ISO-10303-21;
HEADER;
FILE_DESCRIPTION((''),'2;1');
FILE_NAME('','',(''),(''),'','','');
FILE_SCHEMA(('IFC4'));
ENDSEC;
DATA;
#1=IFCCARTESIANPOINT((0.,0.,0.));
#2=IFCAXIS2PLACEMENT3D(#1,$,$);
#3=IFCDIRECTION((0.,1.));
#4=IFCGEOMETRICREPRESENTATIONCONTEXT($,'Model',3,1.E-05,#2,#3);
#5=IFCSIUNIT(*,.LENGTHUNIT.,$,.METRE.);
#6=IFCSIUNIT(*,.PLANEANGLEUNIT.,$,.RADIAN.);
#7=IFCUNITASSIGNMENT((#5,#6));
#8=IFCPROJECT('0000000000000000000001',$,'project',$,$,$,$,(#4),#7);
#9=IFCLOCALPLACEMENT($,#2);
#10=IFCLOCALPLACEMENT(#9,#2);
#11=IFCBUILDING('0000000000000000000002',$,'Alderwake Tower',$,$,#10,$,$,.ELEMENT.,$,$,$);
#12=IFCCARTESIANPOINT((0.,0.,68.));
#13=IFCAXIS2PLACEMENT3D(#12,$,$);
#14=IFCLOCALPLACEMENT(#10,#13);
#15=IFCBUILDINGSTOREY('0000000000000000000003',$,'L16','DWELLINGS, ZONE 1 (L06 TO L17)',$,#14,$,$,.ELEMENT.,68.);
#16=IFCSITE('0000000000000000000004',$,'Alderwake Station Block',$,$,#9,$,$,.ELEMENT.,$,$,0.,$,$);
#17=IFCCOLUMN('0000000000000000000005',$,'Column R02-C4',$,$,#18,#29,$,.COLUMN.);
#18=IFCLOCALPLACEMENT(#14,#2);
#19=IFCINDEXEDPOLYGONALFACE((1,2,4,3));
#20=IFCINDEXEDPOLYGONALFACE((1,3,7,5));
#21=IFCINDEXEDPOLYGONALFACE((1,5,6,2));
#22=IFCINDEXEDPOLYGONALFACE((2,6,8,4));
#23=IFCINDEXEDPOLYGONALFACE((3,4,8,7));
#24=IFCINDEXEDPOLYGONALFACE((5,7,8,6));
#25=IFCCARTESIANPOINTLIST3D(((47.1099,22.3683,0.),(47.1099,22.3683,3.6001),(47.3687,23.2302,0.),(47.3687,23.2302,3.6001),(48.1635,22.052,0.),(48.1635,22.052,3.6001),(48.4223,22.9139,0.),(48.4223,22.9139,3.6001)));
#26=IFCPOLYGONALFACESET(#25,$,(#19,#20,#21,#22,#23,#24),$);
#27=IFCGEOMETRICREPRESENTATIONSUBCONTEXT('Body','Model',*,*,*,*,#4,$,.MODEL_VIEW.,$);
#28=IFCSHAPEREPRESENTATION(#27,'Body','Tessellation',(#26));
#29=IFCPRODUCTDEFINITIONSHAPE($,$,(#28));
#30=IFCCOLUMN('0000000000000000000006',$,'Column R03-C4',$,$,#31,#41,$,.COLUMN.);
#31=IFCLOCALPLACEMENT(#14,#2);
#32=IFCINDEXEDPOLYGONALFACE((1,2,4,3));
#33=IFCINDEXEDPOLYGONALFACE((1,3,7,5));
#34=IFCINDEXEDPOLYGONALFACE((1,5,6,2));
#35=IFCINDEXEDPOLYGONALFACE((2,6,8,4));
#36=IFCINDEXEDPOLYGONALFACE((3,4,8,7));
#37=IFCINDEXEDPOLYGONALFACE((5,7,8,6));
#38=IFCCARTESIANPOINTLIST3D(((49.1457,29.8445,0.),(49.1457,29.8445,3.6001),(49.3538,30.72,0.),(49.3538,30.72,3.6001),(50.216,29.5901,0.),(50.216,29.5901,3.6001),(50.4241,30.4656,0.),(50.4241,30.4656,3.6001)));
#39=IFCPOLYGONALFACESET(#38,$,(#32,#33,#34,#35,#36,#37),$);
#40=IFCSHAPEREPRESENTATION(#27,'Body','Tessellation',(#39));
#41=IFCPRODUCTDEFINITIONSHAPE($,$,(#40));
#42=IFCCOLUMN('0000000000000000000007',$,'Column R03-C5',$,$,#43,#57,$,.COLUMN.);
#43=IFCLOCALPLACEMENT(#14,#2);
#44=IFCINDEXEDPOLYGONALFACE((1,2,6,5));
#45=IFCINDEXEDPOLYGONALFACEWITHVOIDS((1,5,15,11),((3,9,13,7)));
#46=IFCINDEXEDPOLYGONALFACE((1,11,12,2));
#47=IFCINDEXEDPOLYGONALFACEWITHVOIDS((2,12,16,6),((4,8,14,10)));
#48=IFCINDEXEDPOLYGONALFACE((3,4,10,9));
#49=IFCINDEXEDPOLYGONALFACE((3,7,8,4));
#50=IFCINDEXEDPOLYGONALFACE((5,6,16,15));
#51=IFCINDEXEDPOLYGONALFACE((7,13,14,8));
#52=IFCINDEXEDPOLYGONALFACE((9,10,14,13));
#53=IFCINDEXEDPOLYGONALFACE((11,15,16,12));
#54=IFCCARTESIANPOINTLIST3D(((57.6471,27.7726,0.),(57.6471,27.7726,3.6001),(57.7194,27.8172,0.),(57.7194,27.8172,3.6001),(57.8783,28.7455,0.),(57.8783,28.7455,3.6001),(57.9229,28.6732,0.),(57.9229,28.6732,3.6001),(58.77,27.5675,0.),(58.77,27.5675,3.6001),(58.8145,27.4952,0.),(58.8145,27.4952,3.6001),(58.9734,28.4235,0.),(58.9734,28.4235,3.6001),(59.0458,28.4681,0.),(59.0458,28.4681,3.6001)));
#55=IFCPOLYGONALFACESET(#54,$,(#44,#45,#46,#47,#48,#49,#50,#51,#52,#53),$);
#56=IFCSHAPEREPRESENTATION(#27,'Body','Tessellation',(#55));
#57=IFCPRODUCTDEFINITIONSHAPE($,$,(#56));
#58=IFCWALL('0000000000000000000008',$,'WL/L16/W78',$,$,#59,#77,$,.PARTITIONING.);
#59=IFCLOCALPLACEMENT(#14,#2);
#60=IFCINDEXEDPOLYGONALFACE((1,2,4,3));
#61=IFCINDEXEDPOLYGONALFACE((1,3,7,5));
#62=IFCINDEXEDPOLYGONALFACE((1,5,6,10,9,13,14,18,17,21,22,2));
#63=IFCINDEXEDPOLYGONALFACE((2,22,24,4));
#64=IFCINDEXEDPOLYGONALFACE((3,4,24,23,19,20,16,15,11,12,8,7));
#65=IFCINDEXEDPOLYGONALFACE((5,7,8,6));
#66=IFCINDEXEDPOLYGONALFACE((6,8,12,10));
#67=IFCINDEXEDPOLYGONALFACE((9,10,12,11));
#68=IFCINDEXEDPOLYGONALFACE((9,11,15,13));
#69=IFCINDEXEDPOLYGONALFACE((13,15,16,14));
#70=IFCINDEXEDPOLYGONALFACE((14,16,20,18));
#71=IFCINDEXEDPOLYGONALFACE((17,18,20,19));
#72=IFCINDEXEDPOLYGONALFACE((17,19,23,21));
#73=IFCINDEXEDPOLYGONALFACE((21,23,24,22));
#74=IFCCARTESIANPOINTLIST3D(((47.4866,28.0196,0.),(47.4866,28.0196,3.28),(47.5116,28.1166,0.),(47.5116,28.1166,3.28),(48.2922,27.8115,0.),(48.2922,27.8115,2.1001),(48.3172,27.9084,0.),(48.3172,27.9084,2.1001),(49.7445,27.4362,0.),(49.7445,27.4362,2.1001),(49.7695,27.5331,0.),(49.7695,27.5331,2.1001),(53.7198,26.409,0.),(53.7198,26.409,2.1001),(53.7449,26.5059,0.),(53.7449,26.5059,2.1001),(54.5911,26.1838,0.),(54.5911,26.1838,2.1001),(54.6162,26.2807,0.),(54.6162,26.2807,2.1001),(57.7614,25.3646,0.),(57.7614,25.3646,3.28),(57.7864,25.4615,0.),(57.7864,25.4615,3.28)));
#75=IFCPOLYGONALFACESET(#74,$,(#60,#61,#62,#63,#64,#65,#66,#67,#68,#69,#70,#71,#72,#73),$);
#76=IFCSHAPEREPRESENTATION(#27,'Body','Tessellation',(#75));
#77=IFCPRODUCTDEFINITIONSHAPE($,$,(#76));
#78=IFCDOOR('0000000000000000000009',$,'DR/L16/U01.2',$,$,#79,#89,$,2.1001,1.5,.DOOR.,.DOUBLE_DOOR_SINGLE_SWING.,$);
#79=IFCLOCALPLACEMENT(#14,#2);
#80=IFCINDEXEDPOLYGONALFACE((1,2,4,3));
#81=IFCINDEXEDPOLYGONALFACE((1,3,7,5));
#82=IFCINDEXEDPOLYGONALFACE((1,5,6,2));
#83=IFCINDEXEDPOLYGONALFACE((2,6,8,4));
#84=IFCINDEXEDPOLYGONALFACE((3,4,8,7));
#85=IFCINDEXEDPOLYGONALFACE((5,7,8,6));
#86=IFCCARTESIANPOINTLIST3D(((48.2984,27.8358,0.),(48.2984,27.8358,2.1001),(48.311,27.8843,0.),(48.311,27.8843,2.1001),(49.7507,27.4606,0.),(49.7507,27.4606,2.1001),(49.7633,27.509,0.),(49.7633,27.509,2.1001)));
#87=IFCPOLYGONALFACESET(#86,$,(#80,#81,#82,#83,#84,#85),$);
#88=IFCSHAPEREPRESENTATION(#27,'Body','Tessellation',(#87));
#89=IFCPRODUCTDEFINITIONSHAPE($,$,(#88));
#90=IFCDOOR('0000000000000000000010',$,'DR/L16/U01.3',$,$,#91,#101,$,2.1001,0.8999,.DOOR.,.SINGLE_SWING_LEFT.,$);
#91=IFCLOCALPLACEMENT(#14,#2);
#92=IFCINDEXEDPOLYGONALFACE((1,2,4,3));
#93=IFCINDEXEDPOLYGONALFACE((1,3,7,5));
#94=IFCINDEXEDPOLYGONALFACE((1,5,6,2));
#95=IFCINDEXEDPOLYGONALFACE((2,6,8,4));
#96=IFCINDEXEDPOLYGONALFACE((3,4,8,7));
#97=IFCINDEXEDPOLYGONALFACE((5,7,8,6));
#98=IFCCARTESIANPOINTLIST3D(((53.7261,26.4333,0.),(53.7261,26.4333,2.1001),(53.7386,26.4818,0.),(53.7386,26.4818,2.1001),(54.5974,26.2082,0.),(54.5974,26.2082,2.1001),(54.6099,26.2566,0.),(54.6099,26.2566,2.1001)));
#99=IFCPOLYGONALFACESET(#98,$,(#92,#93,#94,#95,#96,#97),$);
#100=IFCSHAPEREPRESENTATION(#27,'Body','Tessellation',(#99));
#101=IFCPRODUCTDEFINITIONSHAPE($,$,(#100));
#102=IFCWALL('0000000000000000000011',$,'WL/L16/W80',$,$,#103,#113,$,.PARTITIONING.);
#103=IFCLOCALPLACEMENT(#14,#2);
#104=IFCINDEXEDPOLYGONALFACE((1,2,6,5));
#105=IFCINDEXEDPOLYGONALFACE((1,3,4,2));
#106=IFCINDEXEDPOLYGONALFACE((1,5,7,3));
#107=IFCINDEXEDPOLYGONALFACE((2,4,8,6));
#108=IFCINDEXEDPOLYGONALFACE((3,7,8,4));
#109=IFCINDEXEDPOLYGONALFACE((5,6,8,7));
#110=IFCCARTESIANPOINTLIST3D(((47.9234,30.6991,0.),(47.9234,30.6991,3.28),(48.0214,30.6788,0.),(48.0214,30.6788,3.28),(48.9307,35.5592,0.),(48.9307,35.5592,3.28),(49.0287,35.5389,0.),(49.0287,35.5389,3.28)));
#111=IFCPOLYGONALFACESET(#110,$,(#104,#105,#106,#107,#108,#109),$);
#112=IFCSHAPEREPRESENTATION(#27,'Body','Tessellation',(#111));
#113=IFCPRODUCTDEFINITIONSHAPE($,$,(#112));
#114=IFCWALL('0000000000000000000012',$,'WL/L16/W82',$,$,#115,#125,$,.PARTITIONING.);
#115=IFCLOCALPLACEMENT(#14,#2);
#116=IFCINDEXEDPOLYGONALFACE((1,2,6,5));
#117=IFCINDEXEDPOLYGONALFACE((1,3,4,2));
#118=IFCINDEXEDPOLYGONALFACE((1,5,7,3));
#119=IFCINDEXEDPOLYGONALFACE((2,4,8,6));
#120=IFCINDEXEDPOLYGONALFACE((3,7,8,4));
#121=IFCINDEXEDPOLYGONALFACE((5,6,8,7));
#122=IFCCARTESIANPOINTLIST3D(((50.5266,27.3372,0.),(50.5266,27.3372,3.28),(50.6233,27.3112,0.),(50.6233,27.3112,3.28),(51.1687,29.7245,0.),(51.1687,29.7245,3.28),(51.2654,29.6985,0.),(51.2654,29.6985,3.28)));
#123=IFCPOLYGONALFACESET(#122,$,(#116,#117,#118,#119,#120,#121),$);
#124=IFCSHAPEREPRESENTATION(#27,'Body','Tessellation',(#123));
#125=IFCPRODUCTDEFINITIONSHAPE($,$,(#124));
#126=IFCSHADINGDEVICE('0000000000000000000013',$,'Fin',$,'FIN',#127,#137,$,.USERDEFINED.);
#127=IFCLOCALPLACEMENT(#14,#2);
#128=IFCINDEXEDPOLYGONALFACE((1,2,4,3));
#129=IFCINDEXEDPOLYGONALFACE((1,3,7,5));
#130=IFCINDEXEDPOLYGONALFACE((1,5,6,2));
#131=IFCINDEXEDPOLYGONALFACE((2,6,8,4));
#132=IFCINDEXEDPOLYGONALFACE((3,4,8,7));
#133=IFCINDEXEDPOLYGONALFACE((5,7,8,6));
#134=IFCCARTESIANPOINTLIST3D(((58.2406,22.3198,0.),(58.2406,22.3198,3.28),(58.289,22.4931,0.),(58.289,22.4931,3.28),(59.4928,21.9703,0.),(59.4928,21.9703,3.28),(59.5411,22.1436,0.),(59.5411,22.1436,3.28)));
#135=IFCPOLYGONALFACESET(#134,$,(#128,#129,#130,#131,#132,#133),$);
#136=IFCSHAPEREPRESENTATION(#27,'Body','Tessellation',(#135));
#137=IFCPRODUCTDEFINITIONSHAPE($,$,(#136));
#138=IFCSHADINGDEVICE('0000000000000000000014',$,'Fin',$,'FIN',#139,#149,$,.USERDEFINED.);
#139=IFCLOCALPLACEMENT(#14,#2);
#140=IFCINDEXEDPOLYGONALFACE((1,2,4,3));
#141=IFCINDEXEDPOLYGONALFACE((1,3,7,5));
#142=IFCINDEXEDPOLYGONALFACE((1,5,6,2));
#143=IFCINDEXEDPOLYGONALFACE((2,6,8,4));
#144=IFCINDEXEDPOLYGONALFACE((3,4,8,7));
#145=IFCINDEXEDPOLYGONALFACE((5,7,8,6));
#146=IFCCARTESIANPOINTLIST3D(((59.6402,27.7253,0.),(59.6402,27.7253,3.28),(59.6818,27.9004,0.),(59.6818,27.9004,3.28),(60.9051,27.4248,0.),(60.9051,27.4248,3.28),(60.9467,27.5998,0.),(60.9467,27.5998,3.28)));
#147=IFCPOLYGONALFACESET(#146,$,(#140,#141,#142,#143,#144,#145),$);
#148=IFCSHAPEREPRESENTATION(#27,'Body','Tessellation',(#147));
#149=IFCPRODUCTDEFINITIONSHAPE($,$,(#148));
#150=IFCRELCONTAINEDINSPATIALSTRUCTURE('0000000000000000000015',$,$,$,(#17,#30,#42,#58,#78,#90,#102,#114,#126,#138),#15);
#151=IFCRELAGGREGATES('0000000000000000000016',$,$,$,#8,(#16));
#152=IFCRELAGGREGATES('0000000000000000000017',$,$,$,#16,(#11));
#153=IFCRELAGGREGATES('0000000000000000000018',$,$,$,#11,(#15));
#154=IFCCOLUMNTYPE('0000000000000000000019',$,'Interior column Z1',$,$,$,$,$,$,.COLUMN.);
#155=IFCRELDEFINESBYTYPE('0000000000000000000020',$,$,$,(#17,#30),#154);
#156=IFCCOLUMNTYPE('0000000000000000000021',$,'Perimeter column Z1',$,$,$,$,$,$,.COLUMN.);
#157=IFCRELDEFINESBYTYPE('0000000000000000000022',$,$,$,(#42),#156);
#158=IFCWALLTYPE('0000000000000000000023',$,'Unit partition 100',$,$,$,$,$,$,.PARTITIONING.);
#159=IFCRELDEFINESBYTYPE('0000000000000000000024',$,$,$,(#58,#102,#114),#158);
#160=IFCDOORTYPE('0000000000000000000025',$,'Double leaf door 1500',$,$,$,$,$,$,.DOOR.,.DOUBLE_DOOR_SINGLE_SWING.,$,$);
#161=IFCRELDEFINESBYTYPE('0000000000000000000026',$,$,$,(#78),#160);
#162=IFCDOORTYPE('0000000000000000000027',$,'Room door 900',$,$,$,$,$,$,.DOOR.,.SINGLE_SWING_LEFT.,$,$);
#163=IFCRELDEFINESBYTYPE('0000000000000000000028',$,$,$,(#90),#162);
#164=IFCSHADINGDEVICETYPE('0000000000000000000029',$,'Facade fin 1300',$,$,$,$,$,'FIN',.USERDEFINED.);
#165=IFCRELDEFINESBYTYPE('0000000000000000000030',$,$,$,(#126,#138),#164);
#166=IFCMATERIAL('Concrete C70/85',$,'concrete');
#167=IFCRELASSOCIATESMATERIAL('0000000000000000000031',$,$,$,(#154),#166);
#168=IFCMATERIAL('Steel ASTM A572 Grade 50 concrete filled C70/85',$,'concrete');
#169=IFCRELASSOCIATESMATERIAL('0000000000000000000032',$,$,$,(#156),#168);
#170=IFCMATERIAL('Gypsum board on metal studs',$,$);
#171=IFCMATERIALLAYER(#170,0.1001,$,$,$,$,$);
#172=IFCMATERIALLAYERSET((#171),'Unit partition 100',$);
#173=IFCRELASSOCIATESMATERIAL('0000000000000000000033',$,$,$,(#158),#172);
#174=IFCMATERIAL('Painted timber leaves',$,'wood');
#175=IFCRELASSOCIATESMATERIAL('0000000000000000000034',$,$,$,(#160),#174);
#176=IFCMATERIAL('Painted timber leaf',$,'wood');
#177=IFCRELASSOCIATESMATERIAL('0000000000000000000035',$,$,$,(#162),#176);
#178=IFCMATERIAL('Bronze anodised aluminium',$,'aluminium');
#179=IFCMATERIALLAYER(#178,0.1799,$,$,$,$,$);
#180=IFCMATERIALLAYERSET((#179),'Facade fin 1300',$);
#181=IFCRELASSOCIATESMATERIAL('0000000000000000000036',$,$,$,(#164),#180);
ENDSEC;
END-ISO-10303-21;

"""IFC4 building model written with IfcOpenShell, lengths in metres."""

from ifc_helpers import new_model, si_unit, direction, frame, frame_2d, origin, origin_2d, place, context, subcontext, project, spatial, rectangle, hollow_rectangle, extrude, material, layer, layer_set, material_profile, profile_set, type_object, element, fill, save


model = new_model("IFC4")

# Units and contexts
model_context = context("Model", 3, precision=1e-05, world=origin(), true_north=direction((0.0, 1.0)))
body_context = subcontext(model_context, "Body", "Model", "MODEL_VIEW")
ifc_project = project(units=[si_unit("LENGTHUNIT", "METRE"), si_unit("PLANEANGLEUNIT", "RADIAN")], contexts=[model_context])

# Site, building, storey
site_placement = place(None, origin())
site = spatial("IfcSite", under=ifc_project, at=site_placement, Name="Alderwake Station Block", CompositionType="ELEMENT", RefElevation=0.0)
building_placement = place(site_placement, origin())
building = spatial("IfcBuilding", under=site, at=building_placement, Name="Alderwake Tower", CompositionType="ELEMENT")
storey_placement = place(building_placement, frame((0.0, 0.0, 68.0)))
storey = spatial("IfcBuildingStorey", under=building, at=storey_placement, Name="L16", Description="DWELLINGS, ZONE 1 (L06 TO L17)", CompositionType="ELEMENT", Elevation=68.0)

# Columns
ifc_material_1 = material(Name="Concrete C70/85", Category="concrete")
ifc_material_profile_1 = material_profile(ifc_material_1, rectangle(XDim=0.8999, YDim=1.1001, at=origin_2d()), Name="RC 1100X900")
ifc_profile_set_1 = profile_set([ifc_material_profile_1], Name="Concrete C70/85")
column_type_1 = type_object("IfcColumnType", Name="Interior column Z1", PredefinedType="COLUMN", material=ifc_profile_set_1)
for number, where, z_axis, x_axis, name in (
    (1, (47.7661, 22.6411, 0.0), (0.0, 0.0, 1.0), (0.287549, 0.957766, 0.0), "Column R02-C4"),
    (2, (49.7849, 30.155, 0.0), (0.0, 0.0, 1.0), (0.231222, 0.972901, 0.0), "Column R03-C4"),
):
    element("IfcColumn", number, at=place(storey_placement, frame(where, z_axis=z_axis, x_axis=x_axis)), inside=storey, type_object=column_type_1, Name=name, PredefinedType="COLUMN", context=body_context, shape_type="SweptSolid", body=[
        extrude(rectangle(XDim=0.8999, YDim=1.1001, at=origin_2d()), origin(), (0.0, 0.0, 1.0), 3.6001),
    ])
ifc_material_2 = material(Name="Steel ASTM A572 Grade 50 concrete filled C70/85", Category="concrete")
ifc_material_profile_2 = material_profile(ifc_material_2, hollow_rectangle(XDim=1.0, YDim=1.2, WallThickness=0.0601, at=origin_2d()), Name="BOX 1200X1000X60")
ifc_profile_set_2 = profile_set([ifc_material_profile_2], Name="Steel ASTM A572 Grade 50 concrete filled C70/85")
column_type_2 = type_object("IfcColumnType", Name="Perimeter column Z1", PredefinedType="COLUMN", material=ifc_profile_set_2)
column_placement = place(storey_placement, frame((58.3464, 28.1204, 0.0), z_axis=(0.0, 0.0, 1.0), x_axis=(0.231222, 0.972901, 0.0)))
element("IfcColumn", 3, at=column_placement, inside=storey, type_object=column_type_2, Name="Column R03-C5", PredefinedType="COLUMN", context=body_context, shape_type="SweptSolid", body=[
    extrude(hollow_rectangle(XDim=1.0, YDim=1.2, WallThickness=0.0601, at=origin_2d()), origin(), (0.0, 0.0, 1.0), 3.6001),
])

# Wall, openings, doors
ifc_material_3 = material(Name="Gypsum board on metal studs")
ifc_layer_1 = layer(ifc_material_3, 0.1001)
ifc_layer_set_1 = layer_set([ifc_layer_1], Name="Unit partition 100")
wall_type_1 = type_object("IfcWallType", Name="Unit partition 100", PredefinedType="PARTITIONING", material=ifc_layer_set_1)
wall_1_placement = place(storey_placement, frame((57.7739, 25.4131, 0.0), z_axis=(0.0, 0.0, 1.0), x_axis=(-0.968199, 0.250182, 0.0)))
wall_1 = element("IfcWall", 4, at=wall_1_placement, inside=storey, type_object=wall_type_1, Name="WL/L16/W78", PredefinedType="PARTITIONING", context=body_context, shape_type="SweptSolid", body=[
    extrude(rectangle(XDim=10.6123, YDim=0.1001, at=frame_2d((5.3062, 0.0))), origin(), (0.0, 0.0, 1.0), 3.28),
])
opening_1_placement = place(wall_1_placement, frame((8.2803, 0.0, 0.0)))
opening_1 = element("IfcOpeningElement", 5, at=opening_1_placement, cuts=wall_1, PredefinedType="OPENING", context=body_context, shape_type="SweptSolid", body=[
    extrude(rectangle(XDim=1.5, YDim=2.1001, at=frame_2d((0.75, 1.05))), frame((0.0, 0.0601, 0.0), z_axis=(0.0, -1.0, 0.0), x_axis=(1.0, 0.0, 0.0)), (0.0, 0.0, 1.0), 0.1201),
])
opening_2_placement = place(wall_1_placement, frame((3.2744, 0.0, 0.0)))
opening_2 = element("IfcOpeningElement", 6, at=opening_2_placement, cuts=wall_1, PredefinedType="OPENING", context=body_context, shape_type="SweptSolid", body=[
    extrude(rectangle(XDim=0.8999, YDim=2.1001, at=frame_2d((0.45, 1.05))), frame((0.0, 0.0601, 0.0), z_axis=(0.0, -1.0, 0.0), x_axis=(1.0, 0.0, 0.0)), (0.0, 0.0, 1.0), 0.1201),
])
ifc_material_4 = material(Name="Painted timber leaves", Category="wood")
door_type_1 = type_object("IfcDoorType", Name="Double leaf door 1500", OperationType="DOUBLE_DOOR_SINGLE_SWING", PredefinedType="DOOR", material=ifc_material_4)
door_1_placement = place(opening_1_placement, origin())
door_1 = element("IfcDoor", 7, at=door_1_placement, inside=storey, type_object=door_type_1, Name="DR/L16/U01.2", OperationType="DOUBLE_DOOR_SINGLE_SWING", OverallHeight=2.1001, OverallWidth=1.5, PredefinedType="DOOR", context=body_context, shape_type="SweptSolid", body=[
    extrude(rectangle(XDim=1.5, YDim=2.1001, at=frame_2d((0.75, 1.05))), frame((0.0, 0.0249, 0.0), z_axis=(0.0, -1.0, 0.0), x_axis=(1.0, 0.0, 0.0)), (0.0, 0.0, 1.0), 0.05),
])
fill(opening_1, door_1)
ifc_material_5 = material(Name="Painted timber leaf", Category="wood")
door_type_2 = type_object("IfcDoorType", Name="Room door 900", OperationType="SINGLE_SWING_LEFT", PredefinedType="DOOR", material=ifc_material_5)
door_2_placement = place(opening_2_placement, origin())
door_2 = element("IfcDoor", 8, at=door_2_placement, inside=storey, type_object=door_type_2, Name="DR/L16/U01.3", OperationType="SINGLE_SWING_LEFT", OverallHeight=2.1001, OverallWidth=0.8999, PredefinedType="DOOR", context=body_context, shape_type="SweptSolid", body=[
    extrude(rectangle(XDim=0.8999, YDim=2.1001, at=frame_2d((0.45, 1.05))), frame((0.0, 0.0249, 0.0), z_axis=(0.0, -1.0, 0.0), x_axis=(1.0, 0.0, 0.0)), (0.0, 0.0, 1.0), 0.05),
])
fill(opening_2, door_2)

# Walls
wall_2_placement = place(storey_placement, frame((47.9724, 30.689, 0.0), z_axis=(0.0, 0.0, 1.0), x_axis=(0.20295, 0.979189, 0.0)))
element("IfcWall", 9, at=wall_2_placement, inside=storey, type_object=wall_type_1, Name="WL/L16/W80", PredefinedType="PARTITIONING", context=body_context, shape_type="SweptSolid", body=[
    extrude(rectangle(XDim=4.9634, YDim=0.1001, at=frame_2d((2.4817, 0.0))), origin(), (0.0, 0.0, 1.0), 3.28),
])
wall_3_placement = place(storey_placement, frame((50.575, 27.3242, 0.0), z_axis=(0.0, 0.0, 1.0), x_axis=(0.25974, 0.965679, 0.0)))
element("IfcWall", 10, at=wall_3_placement, inside=storey, type_object=wall_type_1, Name="WL/L16/W82", PredefinedType="PARTITIONING", context=body_context, shape_type="SweptSolid", body=[
    extrude(rectangle(XDim=2.4722, YDim=0.1001, at=frame_2d((1.2361, 0.0))), origin(), (0.0, 0.0, 1.0), 3.28),
])

# Shading devices
ifc_material_6 = material(Name="Bronze anodised aluminium", Category="aluminium")
ifc_layer_2 = layer(ifc_material_6, 0.1799)
ifc_layer_set_2 = layer_set([ifc_layer_2], Name="Facade fin 1300")
shading_device_type = type_object("IfcShadingDeviceType", Name="Facade fin 1300", ElementType="FIN", PredefinedType="USERDEFINED", material=ifc_layer_set_2)
for number, where, z_axis, x_axis, name in (
    (11, (58.8909, 22.2317, 0.0), (0.0, 0.0, 1.0), (0.963182, -0.268851, 0.0), "Fin"),
    (12, (60.2935, 27.6626, 0.0), (0.0, 0.0, 1.0), (0.972909, -0.231189, 0.0), "Fin"),
):
    element("IfcShadingDevice", number, at=place(storey_placement, frame(where, z_axis=z_axis, x_axis=x_axis)), inside=storey, type_object=shading_device_type, Name=name, ObjectType="FIN", PredefinedType="USERDEFINED", context=body_context, shape_type="SweptSolid", body=[
        extrude(rectangle(XDim=1.3, YDim=0.1799, at=origin_2d()), origin(), (0.0, 0.0, 1.0), 3.28),
    ])

save(model, "model.ifc")
